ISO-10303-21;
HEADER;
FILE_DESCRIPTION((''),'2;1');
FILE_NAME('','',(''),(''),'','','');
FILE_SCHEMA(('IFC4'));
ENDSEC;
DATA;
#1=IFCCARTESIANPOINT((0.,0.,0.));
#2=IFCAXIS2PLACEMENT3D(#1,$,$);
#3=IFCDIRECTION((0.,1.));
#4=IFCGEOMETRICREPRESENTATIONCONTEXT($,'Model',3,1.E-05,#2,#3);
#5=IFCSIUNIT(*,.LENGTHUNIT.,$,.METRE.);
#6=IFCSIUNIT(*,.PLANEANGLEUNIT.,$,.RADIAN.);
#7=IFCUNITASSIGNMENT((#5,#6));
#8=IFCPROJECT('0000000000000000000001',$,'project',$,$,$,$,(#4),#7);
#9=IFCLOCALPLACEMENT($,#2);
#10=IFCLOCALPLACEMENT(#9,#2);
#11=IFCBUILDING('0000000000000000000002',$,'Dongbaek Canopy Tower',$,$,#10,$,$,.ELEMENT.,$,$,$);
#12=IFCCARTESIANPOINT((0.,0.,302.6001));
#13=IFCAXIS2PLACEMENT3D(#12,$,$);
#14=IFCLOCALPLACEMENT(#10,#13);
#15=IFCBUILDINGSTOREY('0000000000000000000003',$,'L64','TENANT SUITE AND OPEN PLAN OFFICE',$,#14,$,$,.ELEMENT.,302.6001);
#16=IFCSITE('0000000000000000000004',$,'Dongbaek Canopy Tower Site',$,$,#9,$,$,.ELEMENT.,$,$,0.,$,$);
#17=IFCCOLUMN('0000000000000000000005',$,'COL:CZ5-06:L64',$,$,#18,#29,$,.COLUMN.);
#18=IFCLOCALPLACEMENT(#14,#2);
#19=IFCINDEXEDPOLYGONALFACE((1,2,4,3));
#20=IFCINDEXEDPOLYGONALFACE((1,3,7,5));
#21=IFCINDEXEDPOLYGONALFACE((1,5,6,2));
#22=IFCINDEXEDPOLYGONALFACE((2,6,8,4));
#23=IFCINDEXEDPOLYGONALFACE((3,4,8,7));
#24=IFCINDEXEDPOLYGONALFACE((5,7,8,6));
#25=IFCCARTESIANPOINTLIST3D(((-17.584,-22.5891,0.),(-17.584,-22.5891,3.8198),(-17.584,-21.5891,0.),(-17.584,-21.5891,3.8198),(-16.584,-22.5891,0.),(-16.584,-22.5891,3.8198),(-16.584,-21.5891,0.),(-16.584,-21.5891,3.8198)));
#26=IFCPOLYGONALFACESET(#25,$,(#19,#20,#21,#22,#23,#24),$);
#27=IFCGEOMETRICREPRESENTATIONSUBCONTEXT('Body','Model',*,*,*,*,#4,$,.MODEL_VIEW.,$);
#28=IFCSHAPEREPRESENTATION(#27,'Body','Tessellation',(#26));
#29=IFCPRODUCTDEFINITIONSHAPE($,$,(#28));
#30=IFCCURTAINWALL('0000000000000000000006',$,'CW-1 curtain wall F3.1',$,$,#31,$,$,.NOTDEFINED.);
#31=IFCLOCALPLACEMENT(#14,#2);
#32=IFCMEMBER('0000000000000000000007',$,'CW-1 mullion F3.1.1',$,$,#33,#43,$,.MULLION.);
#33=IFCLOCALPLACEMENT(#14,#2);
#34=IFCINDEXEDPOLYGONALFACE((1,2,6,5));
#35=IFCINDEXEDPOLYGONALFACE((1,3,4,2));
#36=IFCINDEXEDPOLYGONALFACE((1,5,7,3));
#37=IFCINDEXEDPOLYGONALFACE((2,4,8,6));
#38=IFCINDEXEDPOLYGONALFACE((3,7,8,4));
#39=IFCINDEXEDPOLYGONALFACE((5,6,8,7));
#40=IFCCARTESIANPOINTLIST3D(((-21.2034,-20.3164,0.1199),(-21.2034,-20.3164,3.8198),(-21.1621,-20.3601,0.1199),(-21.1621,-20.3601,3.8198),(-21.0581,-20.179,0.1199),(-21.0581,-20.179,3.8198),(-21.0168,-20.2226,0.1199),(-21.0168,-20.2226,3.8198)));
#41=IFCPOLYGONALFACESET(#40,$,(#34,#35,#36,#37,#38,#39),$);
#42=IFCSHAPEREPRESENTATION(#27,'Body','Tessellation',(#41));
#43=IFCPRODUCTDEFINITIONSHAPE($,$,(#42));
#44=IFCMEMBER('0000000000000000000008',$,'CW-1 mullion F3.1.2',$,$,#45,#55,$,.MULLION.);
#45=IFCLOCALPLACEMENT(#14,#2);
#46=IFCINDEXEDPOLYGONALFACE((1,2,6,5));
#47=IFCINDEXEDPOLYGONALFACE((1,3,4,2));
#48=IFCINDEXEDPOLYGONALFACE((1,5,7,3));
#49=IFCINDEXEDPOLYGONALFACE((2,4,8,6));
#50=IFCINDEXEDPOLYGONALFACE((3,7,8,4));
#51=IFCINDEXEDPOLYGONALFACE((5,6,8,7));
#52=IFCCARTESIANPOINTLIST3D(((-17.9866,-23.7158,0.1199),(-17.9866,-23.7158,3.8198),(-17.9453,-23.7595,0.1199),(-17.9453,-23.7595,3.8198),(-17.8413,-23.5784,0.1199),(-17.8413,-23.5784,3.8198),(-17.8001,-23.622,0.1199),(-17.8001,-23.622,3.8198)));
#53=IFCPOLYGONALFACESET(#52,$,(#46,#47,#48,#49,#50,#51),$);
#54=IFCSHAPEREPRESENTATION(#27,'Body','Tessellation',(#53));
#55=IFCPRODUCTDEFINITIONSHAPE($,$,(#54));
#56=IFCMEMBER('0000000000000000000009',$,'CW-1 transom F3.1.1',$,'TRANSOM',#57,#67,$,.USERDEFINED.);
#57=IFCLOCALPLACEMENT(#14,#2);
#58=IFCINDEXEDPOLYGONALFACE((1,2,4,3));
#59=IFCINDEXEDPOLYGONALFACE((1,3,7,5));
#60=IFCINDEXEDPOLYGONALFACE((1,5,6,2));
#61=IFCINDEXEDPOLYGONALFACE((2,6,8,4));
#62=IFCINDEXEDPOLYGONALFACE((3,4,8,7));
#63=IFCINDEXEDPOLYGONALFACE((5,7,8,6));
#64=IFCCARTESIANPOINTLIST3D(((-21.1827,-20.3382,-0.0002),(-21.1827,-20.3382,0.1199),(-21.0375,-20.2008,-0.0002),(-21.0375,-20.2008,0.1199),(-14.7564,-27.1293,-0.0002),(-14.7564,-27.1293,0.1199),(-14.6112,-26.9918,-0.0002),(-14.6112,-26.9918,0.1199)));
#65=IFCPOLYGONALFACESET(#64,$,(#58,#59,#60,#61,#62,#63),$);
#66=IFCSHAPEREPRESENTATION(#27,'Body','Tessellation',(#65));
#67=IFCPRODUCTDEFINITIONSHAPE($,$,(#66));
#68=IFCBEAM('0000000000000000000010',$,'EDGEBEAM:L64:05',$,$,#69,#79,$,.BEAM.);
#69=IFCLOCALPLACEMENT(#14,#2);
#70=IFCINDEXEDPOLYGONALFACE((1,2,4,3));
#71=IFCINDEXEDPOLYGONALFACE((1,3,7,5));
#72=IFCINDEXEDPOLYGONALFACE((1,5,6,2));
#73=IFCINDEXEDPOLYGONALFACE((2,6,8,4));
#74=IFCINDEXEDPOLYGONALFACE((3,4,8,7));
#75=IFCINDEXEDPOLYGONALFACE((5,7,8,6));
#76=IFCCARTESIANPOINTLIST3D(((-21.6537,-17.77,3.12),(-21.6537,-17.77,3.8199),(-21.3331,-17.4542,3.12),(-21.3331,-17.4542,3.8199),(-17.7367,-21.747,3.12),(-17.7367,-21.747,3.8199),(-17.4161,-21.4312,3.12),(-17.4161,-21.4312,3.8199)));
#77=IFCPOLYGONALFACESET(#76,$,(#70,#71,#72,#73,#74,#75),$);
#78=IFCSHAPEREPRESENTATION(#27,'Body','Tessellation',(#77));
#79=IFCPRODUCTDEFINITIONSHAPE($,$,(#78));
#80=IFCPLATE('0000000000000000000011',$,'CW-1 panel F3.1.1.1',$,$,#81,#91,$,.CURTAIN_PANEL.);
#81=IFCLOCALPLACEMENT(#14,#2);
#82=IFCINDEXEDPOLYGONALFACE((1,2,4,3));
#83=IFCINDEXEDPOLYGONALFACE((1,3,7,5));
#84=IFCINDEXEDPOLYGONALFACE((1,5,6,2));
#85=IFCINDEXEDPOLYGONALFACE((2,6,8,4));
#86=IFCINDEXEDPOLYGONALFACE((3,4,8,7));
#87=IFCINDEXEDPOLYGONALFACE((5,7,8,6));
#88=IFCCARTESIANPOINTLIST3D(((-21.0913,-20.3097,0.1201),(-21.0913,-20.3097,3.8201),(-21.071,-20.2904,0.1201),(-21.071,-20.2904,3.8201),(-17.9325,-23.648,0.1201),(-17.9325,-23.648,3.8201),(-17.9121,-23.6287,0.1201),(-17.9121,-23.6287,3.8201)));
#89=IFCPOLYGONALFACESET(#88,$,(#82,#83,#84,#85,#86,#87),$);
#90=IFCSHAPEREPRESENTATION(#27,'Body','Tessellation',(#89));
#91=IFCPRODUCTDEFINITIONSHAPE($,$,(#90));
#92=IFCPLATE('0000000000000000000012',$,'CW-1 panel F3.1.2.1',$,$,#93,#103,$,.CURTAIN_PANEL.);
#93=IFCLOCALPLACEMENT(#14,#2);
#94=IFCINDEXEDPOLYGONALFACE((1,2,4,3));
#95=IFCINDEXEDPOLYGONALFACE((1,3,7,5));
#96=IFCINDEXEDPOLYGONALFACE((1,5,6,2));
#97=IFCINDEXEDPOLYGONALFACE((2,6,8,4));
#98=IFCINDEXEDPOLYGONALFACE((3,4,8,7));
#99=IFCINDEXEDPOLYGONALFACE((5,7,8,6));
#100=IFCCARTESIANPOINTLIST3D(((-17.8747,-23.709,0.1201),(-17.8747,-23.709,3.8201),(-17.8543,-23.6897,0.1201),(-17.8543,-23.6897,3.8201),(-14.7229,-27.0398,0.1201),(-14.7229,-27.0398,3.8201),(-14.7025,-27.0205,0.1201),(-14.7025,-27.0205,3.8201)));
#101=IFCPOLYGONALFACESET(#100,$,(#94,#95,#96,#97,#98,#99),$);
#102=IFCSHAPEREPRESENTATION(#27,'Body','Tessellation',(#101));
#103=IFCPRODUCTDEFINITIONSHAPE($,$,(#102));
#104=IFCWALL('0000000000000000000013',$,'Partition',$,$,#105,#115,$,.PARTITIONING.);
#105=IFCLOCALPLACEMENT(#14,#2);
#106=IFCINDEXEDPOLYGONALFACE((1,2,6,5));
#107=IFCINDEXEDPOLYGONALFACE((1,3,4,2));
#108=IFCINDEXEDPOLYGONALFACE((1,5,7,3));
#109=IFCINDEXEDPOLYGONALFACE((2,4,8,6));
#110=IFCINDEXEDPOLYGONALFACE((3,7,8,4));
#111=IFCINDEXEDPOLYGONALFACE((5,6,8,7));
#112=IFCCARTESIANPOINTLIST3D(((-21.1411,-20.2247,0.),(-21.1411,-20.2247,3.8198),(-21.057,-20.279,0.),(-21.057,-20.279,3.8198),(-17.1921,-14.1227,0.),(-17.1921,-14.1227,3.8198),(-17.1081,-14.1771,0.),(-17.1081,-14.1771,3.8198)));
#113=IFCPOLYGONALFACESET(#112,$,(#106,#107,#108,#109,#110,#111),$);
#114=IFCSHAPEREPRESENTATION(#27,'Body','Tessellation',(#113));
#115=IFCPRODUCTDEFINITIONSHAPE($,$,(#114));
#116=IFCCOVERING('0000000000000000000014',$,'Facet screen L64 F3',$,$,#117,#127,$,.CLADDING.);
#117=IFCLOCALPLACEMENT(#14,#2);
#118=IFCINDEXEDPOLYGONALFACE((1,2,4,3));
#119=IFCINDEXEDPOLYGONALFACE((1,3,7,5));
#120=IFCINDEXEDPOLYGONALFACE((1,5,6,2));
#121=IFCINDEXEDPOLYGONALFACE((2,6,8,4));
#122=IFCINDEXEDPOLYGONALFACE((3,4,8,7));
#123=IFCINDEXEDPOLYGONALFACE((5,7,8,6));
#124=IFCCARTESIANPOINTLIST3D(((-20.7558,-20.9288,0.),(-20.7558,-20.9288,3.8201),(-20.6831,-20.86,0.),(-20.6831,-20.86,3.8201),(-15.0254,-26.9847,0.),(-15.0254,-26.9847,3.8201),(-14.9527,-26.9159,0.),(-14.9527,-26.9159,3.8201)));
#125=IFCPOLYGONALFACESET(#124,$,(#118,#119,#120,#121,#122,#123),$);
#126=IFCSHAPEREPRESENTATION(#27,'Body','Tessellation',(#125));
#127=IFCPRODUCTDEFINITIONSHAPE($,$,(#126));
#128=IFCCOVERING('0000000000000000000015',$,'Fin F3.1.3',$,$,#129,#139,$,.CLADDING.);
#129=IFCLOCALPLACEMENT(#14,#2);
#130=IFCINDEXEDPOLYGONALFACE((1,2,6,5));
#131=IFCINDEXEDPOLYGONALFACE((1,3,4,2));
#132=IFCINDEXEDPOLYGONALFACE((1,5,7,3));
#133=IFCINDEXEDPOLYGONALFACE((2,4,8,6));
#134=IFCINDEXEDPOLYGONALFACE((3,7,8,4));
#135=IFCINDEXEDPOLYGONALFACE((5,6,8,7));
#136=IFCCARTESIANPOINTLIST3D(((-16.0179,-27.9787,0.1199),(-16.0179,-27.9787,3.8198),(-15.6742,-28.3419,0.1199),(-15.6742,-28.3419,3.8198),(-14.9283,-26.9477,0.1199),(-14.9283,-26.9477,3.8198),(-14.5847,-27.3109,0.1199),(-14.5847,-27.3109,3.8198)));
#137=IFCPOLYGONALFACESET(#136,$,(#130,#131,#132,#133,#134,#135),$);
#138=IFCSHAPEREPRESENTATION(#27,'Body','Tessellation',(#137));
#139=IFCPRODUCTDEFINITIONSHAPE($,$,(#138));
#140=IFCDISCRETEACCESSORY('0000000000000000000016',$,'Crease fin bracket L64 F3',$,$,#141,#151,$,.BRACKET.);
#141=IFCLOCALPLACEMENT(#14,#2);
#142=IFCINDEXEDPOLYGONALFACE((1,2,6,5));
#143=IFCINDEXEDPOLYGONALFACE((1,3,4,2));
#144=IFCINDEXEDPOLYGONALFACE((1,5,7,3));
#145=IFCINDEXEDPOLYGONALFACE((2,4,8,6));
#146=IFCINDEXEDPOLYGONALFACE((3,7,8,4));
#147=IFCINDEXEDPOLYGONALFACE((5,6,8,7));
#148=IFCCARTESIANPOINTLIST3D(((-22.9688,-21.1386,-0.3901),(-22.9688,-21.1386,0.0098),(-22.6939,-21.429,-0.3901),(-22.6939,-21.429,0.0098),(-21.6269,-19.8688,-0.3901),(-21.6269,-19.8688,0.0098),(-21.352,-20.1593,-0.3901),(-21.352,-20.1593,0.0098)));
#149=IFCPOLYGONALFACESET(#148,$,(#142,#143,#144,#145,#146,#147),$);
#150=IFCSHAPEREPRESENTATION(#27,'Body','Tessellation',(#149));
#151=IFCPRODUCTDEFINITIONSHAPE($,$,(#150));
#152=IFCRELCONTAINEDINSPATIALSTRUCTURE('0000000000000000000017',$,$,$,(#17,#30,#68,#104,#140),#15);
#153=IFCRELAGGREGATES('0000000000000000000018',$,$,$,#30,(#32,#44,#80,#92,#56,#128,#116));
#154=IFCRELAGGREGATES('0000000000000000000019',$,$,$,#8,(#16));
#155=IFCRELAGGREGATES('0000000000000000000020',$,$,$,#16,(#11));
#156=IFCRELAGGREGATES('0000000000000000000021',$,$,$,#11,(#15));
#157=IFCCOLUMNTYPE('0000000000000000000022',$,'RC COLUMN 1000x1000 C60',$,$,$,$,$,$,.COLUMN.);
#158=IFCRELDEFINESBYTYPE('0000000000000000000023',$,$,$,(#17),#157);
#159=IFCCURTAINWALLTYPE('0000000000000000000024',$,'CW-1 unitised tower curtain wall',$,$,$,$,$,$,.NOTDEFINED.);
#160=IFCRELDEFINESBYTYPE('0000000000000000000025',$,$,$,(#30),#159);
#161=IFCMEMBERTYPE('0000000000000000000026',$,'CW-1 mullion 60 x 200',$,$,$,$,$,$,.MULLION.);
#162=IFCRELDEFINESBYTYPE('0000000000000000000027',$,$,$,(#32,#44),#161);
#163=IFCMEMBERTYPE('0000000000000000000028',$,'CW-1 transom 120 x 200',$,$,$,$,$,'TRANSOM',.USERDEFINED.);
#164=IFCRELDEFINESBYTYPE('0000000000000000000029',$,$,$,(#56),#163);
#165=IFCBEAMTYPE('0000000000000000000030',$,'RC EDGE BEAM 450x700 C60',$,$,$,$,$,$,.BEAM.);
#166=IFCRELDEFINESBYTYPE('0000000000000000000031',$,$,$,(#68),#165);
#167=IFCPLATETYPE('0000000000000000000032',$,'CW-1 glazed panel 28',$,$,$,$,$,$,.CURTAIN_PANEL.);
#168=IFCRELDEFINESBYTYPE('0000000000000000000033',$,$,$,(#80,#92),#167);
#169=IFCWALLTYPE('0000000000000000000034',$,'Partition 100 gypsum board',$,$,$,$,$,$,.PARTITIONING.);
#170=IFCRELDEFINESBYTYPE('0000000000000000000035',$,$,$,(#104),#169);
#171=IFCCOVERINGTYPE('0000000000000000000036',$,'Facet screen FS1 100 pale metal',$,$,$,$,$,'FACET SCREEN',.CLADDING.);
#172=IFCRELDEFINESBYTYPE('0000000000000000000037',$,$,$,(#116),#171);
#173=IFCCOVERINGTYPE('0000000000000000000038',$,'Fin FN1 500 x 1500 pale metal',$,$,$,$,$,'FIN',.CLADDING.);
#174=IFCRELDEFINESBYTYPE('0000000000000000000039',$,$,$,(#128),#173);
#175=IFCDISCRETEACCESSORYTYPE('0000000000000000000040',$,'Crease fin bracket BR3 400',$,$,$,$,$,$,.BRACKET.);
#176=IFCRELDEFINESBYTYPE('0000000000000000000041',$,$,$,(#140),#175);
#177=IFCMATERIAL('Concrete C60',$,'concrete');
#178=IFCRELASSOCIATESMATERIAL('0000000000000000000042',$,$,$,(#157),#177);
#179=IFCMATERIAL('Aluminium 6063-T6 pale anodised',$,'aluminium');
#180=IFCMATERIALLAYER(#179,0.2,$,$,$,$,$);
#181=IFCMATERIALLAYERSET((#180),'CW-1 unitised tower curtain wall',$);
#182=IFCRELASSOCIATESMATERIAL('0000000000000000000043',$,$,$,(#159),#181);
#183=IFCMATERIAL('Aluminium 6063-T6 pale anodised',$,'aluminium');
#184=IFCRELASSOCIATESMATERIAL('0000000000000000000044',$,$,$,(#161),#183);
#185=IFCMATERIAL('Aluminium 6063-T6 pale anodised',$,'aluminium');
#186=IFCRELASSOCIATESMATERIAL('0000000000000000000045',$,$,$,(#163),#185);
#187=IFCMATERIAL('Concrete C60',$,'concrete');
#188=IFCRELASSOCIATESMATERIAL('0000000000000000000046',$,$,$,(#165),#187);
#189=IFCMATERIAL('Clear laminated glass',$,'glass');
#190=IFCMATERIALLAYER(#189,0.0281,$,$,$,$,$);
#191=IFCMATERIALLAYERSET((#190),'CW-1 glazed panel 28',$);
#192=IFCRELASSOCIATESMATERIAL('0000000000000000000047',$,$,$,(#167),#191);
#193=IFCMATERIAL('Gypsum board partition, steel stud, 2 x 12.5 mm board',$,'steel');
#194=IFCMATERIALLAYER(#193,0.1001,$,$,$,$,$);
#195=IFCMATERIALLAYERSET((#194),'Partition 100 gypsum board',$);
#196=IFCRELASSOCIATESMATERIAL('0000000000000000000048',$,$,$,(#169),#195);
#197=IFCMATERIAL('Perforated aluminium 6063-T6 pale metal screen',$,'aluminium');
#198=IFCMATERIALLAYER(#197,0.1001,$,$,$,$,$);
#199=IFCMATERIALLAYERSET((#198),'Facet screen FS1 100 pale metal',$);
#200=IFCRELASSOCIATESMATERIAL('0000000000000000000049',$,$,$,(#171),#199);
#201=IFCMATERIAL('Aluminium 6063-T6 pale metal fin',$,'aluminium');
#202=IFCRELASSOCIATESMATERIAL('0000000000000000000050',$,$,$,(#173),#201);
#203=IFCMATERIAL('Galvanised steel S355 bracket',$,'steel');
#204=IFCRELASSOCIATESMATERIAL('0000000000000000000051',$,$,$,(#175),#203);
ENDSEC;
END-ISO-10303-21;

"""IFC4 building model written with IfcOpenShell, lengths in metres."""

from ifc_helpers import new_model, si_unit, direction, frame, frame_2d, origin, origin_2d, place, context, subcontext, project, spatial, rectangle, extrude, material, layer, layer_set, material_profile, profile_set, type_object, element, aggregate, save


model = new_model("IFC4")

# Units and contexts
model_context = context("Model", 3, precision=1e-05, world=origin(), true_north=direction((0.0, 1.0)))
body_context = subcontext(model_context, "Body", "Model", "MODEL_VIEW")
ifc_project = project(units=[si_unit("LENGTHUNIT", "METRE"), si_unit("PLANEANGLEUNIT", "RADIAN")], contexts=[model_context])

# Site, building, storey
site_placement = place(None, origin())
site = spatial("IfcSite", under=ifc_project, at=site_placement, Name="Dongbaek Canopy Tower Site", CompositionType="ELEMENT", RefElevation=0.0)
building_placement = place(site_placement, origin())
building = spatial("IfcBuilding", under=site, at=building_placement, Name="Dongbaek Canopy Tower", CompositionType="ELEMENT")
storey_placement = place(building_placement, frame((0.0, 0.0, 302.6001)))
storey = spatial("IfcBuildingStorey", under=building, at=storey_placement, Name="L64", Description="TENANT SUITE AND OPEN PLAN OFFICE", CompositionType="ELEMENT", Elevation=302.6001)

# Column
ifc_material_1 = material(Name="Concrete C60", Category="concrete")
ifc_material_profile_1 = material_profile(ifc_material_1, rectangle(XDim=1.0, YDim=1.0, at=origin_2d()), Name="RC COLUMN 1000x1000 C60")
ifc_profile_set_1 = profile_set([ifc_material_profile_1], Name="Concrete C60")
column_type = type_object("IfcColumnType", Name="RC COLUMN 1000x1000 C60", PredefinedType="COLUMN", material=ifc_profile_set_1)
column_placement = place(storey_placement, frame((-17.084, -22.0891, 0.0), z_axis=(0.0, 0.0, 1.0), x_axis=(1.0, 0.0, 0.0)))
element("IfcColumn", 1, at=column_placement, inside=storey, type_object=column_type, Name="COL:CZ5-06:L64", PredefinedType="COLUMN", context=body_context, shape_type="SweptSolid", body=[
    extrude(rectangle(XDim=1.0, YDim=1.0, at=origin_2d()), origin(), (0.0, 0.0, 1.0), 3.8198),
])

# Curtain wall, members
ifc_material_2 = material(Name="Aluminium 6063-T6 pale anodised", Category="aluminium")
ifc_layer_1 = layer(ifc_material_2, 0.2)
ifc_layer_set_1 = layer_set([ifc_layer_1], Name="CW-1 unitised tower curtain wall")
curtain_wall_type = type_object("IfcCurtainWallType", Name="CW-1 unitised tower curtain wall", PredefinedType="NOTDEFINED", material=ifc_layer_set_1)
curtain_wall_placement = place(storey_placement, origin())
curtain_wall = element("IfcCurtainWall", 2, at=curtain_wall_placement, inside=storey, type_object=curtain_wall_type, Name="CW-1 curtain wall F3.1", PredefinedType="NOTDEFINED")
ifc_material_3 = material(Name="Aluminium 6063-T6 pale anodised", Category="aluminium")
ifc_material_profile_2 = material_profile(ifc_material_3, rectangle(XDim=0.2, YDim=0.0601, at=origin_2d()), Name="CW-1 mullion 60 x 200")
ifc_profile_set_2 = profile_set([ifc_material_profile_2], Name="Aluminium 6063-T6 pale anodised")
member_type_1 = type_object("IfcMemberType", Name="CW-1 mullion 60 x 200", PredefinedType="MULLION", material=ifc_profile_set_2)
member_1_placement = place(storey_placement, frame((-21.1101, -20.2695, 0.1199), z_axis=(0.0, 0.0, 1.0), x_axis=(-0.726355, -0.68732, 0.0)))
member_1 = element("IfcMember", 3, at=member_1_placement, type_object=member_type_1, Name="CW-1 mullion F3.1.1", PredefinedType="MULLION", context=body_context, shape_type="SweptSolid", body=[
    extrude(rectangle(XDim=0.2, YDim=0.0601, at=origin_2d()), origin(), (0.0, 0.0, 1.0), 3.7),
])
member_2_placement = place(storey_placement, frame((-17.8933, -23.6689, 0.1199), z_axis=(0.0, 0.0, 1.0), x_axis=(-0.726355, -0.68732, 0.0)))
member_2 = element("IfcMember", 4, at=member_2_placement, type_object=member_type_1, Name="CW-1 mullion F3.1.2", PredefinedType="MULLION", context=body_context, shape_type="SweptSolid", body=[
    extrude(rectangle(XDim=0.2, YDim=0.0601, at=origin_2d()), origin(), (0.0, 0.0, 1.0), 3.7),
])
ifc_material_4 = material(Name="Aluminium 6063-T6 pale anodised", Category="aluminium")
ifc_material_profile_3 = material_profile(ifc_material_4, rectangle(XDim=0.2, YDim=0.1201, at=origin_2d()), Name="CW-1 transom 120 x 200")
ifc_profile_set_3 = profile_set([ifc_material_profile_3], Name="Aluminium 6063-T6 pale anodised")
member_type_2 = type_object("IfcMemberType", Name="CW-1 transom 120 x 200", ElementType="TRANSOM", PredefinedType="USERDEFINED", material=ifc_profile_set_3)
member_3_placement = place(storey_placement, frame((-21.1101, -20.2695, 0.0598), z_axis=(0.687332, -0.726344, 0.0), x_axis=(0.726344, 0.687332, 0.0)))
member_3 = element("IfcMember", 5, at=member_3_placement, type_object=member_type_2, Name="CW-1 transom F3.1.1", ObjectType="TRANSOM", PredefinedType="USERDEFINED", context=body_context, shape_type="SweptSolid", body=[
    extrude(rectangle(XDim=0.2, YDim=0.1201, at=origin_2d()), origin(), (0.0, 0.0, 1.0), 9.3496),
])

# Beam
ifc_material_5 = material(Name="Concrete C60", Category="concrete")
ifc_material_profile_4 = material_profile(ifc_material_5, rectangle(XDim=0.45, YDim=0.7, at=origin_2d()), Name="RC EDGE BEAM 450x700 C60")
ifc_profile_set_4 = profile_set([ifc_material_profile_4], Name="Concrete C60")
beam_type = type_object("IfcBeamType", Name="RC EDGE BEAM 450x700 C60", PredefinedType="BEAM", material=ifc_profile_set_4)
beam_placement = place(storey_placement, frame((-17.5764, -21.5891, 3.47), z_axis=(-0.701707, 0.712466, 0.0), x_axis=(-0.712466, -0.701707, 0.0)))
element("IfcBeam", 6, at=beam_placement, inside=storey, type_object=beam_type, Name="EDGEBEAM:L64:05", PredefinedType="BEAM", context=body_context, shape_type="SweptSolid", body=[
    extrude(rectangle(XDim=0.45, YDim=0.7, at=origin_2d()), origin(), (0.0, 0.0, 1.0), 5.582),
])

# Plates
ifc_material_6 = material(Name="Clear laminated glass", Category="glass")
ifc_layer_2 = layer(ifc_material_6, 0.0281)
ifc_layer_set_2 = layer_set([ifc_layer_2], Name="CW-1 glazed panel 28")
plate_type = type_object("IfcPlateType", Name="CW-1 glazed panel 28", PredefinedType="CURTAIN_PANEL", material=ifc_layer_set_2)
plate_1_placement = place(storey_placement, frame((-19.5017, -21.9692, 0.1201), z_axis=(0.0, 0.0, 1.0), x_axis=(0.68732, -0.726355, 0.0)))
plate_1 = element("IfcPlate", 7, at=plate_1_placement, type_object=plate_type, Name="CW-1 panel F3.1.1.1", PredefinedType="CURTAIN_PANEL", context=body_context, shape_type="SweptSolid", body=[
    extrude(rectangle(XDim=4.5959, YDim=0.0281, at=origin_2d()), origin(), (0.0, 0.0, 1.0), 3.7),
])
plate_2_placement = place(storey_placement, frame((-16.2886, -25.3647, 0.1201), z_axis=(0.0, 0.0, 1.0), x_axis=(0.68732, -0.726355, 0.0)))
plate_2 = element("IfcPlate", 8, at=plate_2_placement, type_object=plate_type, Name="CW-1 panel F3.1.2.1", PredefinedType="CURTAIN_PANEL", context=body_context, shape_type="SweptSolid", body=[
    extrude(rectangle(XDim=4.5857, YDim=0.0281, at=origin_2d()), origin(), (0.0, 0.0, 1.0), 3.7),
])

# Wall
ifc_material_7 = material(Name="Gypsum board partition, steel stud, 2 x 12.5 mm board", Category="steel")
ifc_layer_3 = layer(ifc_material_7, 0.1001)
ifc_layer_set_3 = layer_set([ifc_layer_3], Name="Partition 100 gypsum board")
wall_type = type_object("IfcWallType", Name="Partition 100 gypsum board", PredefinedType="PARTITIONING", material=ifc_layer_set_3)
wall_placement = place(storey_placement, frame((-21.0991, -20.252, 0.0), z_axis=(0.0, 0.0, 1.0), x_axis=(0.543308, 0.839533, 0.0)))
element("IfcWall", 9, at=wall_placement, inside=storey, type_object=wall_type, Name="Partition", PredefinedType="PARTITIONING", context=body_context, shape_type="SweptSolid", body=[
    extrude(rectangle(XDim=7.2683, YDim=0.1001, at=frame_2d((3.6343, 0.0))), origin(), (0.0, 0.0, 1.0), 3.8198),
])

# Coverings
ifc_material_8 = material(Name="Perforated aluminium 6063-T6 pale metal screen", Category="aluminium")
ifc_layer_4 = layer(ifc_material_8, 0.1001)
ifc_layer_set_4 = layer_set([ifc_layer_4], Name="Facet screen FS1 100 pale metal")
covering_type_1 = type_object("IfcCoveringType", Name="Facet screen FS1 100 pale metal", ElementType="FACET SCREEN", PredefinedType="CLADDING", material=ifc_layer_set_4)
covering_1_placement = place(storey_placement, frame((-17.8542, -23.9224, 0.0), z_axis=(0.0, 0.0, 1.0), x_axis=(0.68732, -0.726355, 0.0)))
covering_1 = element("IfcCovering", 10, at=covering_1_placement, type_object=covering_type_1, Name="Facet screen L64 F3", PredefinedType="CLADDING", context=body_context, shape_type="SweptSolid", body=[
    extrude(rectangle(XDim=8.3374, YDim=0.1001, at=origin_2d()), origin(), (0.0, 0.0, 1.0), 3.8201),
])
ifc_material_9 = material(Name="Aluminium 6063-T6 pale metal fin", Category="aluminium")
ifc_material_profile_5 = material_profile(ifc_material_9, rectangle(XDim=1.5, YDim=0.5, at=origin_2d()), Name="Fin FN1 500 x 1500 pale metal")
ifc_profile_set_5 = profile_set([ifc_material_profile_5], Name="Aluminium 6063-T6 pale metal fin")
covering_type_2 = type_object("IfcCoveringType", Name="Fin FN1 500 x 1500 pale metal", ElementType="FIN", PredefinedType="CLADDING", material=ifc_profile_set_5)
covering_2_placement = place(storey_placement, frame((-15.3013, -27.6448, 0.1199), z_axis=(0.0, 0.0, 1.0), x_axis=(-0.726355, -0.68732, 0.0)))
covering_2 = element("IfcCovering", 11, at=covering_2_placement, type_object=covering_type_2, Name="Fin F3.1.3", PredefinedType="CLADDING", context=body_context, shape_type="SweptSolid", body=[
    extrude(rectangle(XDim=1.5, YDim=0.5, at=origin_2d()), origin(), (0.0, 0.0, 1.0), 3.7),
])
aggregate(curtain_wall, [member_1, member_2, plate_1, plate_2, member_3, covering_2, covering_1])

# Discrete accessory
ifc_material_10 = material(Name="Galvanised steel S355 bracket", Category="steel")
discrete_accessory_type = type_object("IfcDiscreteAccessoryType", Name="Crease fin bracket BR3 400", PredefinedType="BRACKET", material=ifc_material_10)
discrete_accessory_placement = place(storey_placement, frame((-22.1604, -20.6489, -0.3901), z_axis=(0.0, 0.0, 1.0), x_axis=(-0.726355, -0.68732, 0.0)))
element("IfcDiscreteAccessory", 12, at=discrete_accessory_placement, inside=storey, type_object=discrete_accessory_type, Name="Crease fin bracket L64 F3", PredefinedType="BRACKET", context=body_context, shape_type="SweptSolid", body=[
    extrude(rectangle(XDim=1.8474, YDim=0.3999, at=origin_2d()), origin(), (0.0, 0.0, 1.0), 0.3999),
])

save(model, "model.ifc")
